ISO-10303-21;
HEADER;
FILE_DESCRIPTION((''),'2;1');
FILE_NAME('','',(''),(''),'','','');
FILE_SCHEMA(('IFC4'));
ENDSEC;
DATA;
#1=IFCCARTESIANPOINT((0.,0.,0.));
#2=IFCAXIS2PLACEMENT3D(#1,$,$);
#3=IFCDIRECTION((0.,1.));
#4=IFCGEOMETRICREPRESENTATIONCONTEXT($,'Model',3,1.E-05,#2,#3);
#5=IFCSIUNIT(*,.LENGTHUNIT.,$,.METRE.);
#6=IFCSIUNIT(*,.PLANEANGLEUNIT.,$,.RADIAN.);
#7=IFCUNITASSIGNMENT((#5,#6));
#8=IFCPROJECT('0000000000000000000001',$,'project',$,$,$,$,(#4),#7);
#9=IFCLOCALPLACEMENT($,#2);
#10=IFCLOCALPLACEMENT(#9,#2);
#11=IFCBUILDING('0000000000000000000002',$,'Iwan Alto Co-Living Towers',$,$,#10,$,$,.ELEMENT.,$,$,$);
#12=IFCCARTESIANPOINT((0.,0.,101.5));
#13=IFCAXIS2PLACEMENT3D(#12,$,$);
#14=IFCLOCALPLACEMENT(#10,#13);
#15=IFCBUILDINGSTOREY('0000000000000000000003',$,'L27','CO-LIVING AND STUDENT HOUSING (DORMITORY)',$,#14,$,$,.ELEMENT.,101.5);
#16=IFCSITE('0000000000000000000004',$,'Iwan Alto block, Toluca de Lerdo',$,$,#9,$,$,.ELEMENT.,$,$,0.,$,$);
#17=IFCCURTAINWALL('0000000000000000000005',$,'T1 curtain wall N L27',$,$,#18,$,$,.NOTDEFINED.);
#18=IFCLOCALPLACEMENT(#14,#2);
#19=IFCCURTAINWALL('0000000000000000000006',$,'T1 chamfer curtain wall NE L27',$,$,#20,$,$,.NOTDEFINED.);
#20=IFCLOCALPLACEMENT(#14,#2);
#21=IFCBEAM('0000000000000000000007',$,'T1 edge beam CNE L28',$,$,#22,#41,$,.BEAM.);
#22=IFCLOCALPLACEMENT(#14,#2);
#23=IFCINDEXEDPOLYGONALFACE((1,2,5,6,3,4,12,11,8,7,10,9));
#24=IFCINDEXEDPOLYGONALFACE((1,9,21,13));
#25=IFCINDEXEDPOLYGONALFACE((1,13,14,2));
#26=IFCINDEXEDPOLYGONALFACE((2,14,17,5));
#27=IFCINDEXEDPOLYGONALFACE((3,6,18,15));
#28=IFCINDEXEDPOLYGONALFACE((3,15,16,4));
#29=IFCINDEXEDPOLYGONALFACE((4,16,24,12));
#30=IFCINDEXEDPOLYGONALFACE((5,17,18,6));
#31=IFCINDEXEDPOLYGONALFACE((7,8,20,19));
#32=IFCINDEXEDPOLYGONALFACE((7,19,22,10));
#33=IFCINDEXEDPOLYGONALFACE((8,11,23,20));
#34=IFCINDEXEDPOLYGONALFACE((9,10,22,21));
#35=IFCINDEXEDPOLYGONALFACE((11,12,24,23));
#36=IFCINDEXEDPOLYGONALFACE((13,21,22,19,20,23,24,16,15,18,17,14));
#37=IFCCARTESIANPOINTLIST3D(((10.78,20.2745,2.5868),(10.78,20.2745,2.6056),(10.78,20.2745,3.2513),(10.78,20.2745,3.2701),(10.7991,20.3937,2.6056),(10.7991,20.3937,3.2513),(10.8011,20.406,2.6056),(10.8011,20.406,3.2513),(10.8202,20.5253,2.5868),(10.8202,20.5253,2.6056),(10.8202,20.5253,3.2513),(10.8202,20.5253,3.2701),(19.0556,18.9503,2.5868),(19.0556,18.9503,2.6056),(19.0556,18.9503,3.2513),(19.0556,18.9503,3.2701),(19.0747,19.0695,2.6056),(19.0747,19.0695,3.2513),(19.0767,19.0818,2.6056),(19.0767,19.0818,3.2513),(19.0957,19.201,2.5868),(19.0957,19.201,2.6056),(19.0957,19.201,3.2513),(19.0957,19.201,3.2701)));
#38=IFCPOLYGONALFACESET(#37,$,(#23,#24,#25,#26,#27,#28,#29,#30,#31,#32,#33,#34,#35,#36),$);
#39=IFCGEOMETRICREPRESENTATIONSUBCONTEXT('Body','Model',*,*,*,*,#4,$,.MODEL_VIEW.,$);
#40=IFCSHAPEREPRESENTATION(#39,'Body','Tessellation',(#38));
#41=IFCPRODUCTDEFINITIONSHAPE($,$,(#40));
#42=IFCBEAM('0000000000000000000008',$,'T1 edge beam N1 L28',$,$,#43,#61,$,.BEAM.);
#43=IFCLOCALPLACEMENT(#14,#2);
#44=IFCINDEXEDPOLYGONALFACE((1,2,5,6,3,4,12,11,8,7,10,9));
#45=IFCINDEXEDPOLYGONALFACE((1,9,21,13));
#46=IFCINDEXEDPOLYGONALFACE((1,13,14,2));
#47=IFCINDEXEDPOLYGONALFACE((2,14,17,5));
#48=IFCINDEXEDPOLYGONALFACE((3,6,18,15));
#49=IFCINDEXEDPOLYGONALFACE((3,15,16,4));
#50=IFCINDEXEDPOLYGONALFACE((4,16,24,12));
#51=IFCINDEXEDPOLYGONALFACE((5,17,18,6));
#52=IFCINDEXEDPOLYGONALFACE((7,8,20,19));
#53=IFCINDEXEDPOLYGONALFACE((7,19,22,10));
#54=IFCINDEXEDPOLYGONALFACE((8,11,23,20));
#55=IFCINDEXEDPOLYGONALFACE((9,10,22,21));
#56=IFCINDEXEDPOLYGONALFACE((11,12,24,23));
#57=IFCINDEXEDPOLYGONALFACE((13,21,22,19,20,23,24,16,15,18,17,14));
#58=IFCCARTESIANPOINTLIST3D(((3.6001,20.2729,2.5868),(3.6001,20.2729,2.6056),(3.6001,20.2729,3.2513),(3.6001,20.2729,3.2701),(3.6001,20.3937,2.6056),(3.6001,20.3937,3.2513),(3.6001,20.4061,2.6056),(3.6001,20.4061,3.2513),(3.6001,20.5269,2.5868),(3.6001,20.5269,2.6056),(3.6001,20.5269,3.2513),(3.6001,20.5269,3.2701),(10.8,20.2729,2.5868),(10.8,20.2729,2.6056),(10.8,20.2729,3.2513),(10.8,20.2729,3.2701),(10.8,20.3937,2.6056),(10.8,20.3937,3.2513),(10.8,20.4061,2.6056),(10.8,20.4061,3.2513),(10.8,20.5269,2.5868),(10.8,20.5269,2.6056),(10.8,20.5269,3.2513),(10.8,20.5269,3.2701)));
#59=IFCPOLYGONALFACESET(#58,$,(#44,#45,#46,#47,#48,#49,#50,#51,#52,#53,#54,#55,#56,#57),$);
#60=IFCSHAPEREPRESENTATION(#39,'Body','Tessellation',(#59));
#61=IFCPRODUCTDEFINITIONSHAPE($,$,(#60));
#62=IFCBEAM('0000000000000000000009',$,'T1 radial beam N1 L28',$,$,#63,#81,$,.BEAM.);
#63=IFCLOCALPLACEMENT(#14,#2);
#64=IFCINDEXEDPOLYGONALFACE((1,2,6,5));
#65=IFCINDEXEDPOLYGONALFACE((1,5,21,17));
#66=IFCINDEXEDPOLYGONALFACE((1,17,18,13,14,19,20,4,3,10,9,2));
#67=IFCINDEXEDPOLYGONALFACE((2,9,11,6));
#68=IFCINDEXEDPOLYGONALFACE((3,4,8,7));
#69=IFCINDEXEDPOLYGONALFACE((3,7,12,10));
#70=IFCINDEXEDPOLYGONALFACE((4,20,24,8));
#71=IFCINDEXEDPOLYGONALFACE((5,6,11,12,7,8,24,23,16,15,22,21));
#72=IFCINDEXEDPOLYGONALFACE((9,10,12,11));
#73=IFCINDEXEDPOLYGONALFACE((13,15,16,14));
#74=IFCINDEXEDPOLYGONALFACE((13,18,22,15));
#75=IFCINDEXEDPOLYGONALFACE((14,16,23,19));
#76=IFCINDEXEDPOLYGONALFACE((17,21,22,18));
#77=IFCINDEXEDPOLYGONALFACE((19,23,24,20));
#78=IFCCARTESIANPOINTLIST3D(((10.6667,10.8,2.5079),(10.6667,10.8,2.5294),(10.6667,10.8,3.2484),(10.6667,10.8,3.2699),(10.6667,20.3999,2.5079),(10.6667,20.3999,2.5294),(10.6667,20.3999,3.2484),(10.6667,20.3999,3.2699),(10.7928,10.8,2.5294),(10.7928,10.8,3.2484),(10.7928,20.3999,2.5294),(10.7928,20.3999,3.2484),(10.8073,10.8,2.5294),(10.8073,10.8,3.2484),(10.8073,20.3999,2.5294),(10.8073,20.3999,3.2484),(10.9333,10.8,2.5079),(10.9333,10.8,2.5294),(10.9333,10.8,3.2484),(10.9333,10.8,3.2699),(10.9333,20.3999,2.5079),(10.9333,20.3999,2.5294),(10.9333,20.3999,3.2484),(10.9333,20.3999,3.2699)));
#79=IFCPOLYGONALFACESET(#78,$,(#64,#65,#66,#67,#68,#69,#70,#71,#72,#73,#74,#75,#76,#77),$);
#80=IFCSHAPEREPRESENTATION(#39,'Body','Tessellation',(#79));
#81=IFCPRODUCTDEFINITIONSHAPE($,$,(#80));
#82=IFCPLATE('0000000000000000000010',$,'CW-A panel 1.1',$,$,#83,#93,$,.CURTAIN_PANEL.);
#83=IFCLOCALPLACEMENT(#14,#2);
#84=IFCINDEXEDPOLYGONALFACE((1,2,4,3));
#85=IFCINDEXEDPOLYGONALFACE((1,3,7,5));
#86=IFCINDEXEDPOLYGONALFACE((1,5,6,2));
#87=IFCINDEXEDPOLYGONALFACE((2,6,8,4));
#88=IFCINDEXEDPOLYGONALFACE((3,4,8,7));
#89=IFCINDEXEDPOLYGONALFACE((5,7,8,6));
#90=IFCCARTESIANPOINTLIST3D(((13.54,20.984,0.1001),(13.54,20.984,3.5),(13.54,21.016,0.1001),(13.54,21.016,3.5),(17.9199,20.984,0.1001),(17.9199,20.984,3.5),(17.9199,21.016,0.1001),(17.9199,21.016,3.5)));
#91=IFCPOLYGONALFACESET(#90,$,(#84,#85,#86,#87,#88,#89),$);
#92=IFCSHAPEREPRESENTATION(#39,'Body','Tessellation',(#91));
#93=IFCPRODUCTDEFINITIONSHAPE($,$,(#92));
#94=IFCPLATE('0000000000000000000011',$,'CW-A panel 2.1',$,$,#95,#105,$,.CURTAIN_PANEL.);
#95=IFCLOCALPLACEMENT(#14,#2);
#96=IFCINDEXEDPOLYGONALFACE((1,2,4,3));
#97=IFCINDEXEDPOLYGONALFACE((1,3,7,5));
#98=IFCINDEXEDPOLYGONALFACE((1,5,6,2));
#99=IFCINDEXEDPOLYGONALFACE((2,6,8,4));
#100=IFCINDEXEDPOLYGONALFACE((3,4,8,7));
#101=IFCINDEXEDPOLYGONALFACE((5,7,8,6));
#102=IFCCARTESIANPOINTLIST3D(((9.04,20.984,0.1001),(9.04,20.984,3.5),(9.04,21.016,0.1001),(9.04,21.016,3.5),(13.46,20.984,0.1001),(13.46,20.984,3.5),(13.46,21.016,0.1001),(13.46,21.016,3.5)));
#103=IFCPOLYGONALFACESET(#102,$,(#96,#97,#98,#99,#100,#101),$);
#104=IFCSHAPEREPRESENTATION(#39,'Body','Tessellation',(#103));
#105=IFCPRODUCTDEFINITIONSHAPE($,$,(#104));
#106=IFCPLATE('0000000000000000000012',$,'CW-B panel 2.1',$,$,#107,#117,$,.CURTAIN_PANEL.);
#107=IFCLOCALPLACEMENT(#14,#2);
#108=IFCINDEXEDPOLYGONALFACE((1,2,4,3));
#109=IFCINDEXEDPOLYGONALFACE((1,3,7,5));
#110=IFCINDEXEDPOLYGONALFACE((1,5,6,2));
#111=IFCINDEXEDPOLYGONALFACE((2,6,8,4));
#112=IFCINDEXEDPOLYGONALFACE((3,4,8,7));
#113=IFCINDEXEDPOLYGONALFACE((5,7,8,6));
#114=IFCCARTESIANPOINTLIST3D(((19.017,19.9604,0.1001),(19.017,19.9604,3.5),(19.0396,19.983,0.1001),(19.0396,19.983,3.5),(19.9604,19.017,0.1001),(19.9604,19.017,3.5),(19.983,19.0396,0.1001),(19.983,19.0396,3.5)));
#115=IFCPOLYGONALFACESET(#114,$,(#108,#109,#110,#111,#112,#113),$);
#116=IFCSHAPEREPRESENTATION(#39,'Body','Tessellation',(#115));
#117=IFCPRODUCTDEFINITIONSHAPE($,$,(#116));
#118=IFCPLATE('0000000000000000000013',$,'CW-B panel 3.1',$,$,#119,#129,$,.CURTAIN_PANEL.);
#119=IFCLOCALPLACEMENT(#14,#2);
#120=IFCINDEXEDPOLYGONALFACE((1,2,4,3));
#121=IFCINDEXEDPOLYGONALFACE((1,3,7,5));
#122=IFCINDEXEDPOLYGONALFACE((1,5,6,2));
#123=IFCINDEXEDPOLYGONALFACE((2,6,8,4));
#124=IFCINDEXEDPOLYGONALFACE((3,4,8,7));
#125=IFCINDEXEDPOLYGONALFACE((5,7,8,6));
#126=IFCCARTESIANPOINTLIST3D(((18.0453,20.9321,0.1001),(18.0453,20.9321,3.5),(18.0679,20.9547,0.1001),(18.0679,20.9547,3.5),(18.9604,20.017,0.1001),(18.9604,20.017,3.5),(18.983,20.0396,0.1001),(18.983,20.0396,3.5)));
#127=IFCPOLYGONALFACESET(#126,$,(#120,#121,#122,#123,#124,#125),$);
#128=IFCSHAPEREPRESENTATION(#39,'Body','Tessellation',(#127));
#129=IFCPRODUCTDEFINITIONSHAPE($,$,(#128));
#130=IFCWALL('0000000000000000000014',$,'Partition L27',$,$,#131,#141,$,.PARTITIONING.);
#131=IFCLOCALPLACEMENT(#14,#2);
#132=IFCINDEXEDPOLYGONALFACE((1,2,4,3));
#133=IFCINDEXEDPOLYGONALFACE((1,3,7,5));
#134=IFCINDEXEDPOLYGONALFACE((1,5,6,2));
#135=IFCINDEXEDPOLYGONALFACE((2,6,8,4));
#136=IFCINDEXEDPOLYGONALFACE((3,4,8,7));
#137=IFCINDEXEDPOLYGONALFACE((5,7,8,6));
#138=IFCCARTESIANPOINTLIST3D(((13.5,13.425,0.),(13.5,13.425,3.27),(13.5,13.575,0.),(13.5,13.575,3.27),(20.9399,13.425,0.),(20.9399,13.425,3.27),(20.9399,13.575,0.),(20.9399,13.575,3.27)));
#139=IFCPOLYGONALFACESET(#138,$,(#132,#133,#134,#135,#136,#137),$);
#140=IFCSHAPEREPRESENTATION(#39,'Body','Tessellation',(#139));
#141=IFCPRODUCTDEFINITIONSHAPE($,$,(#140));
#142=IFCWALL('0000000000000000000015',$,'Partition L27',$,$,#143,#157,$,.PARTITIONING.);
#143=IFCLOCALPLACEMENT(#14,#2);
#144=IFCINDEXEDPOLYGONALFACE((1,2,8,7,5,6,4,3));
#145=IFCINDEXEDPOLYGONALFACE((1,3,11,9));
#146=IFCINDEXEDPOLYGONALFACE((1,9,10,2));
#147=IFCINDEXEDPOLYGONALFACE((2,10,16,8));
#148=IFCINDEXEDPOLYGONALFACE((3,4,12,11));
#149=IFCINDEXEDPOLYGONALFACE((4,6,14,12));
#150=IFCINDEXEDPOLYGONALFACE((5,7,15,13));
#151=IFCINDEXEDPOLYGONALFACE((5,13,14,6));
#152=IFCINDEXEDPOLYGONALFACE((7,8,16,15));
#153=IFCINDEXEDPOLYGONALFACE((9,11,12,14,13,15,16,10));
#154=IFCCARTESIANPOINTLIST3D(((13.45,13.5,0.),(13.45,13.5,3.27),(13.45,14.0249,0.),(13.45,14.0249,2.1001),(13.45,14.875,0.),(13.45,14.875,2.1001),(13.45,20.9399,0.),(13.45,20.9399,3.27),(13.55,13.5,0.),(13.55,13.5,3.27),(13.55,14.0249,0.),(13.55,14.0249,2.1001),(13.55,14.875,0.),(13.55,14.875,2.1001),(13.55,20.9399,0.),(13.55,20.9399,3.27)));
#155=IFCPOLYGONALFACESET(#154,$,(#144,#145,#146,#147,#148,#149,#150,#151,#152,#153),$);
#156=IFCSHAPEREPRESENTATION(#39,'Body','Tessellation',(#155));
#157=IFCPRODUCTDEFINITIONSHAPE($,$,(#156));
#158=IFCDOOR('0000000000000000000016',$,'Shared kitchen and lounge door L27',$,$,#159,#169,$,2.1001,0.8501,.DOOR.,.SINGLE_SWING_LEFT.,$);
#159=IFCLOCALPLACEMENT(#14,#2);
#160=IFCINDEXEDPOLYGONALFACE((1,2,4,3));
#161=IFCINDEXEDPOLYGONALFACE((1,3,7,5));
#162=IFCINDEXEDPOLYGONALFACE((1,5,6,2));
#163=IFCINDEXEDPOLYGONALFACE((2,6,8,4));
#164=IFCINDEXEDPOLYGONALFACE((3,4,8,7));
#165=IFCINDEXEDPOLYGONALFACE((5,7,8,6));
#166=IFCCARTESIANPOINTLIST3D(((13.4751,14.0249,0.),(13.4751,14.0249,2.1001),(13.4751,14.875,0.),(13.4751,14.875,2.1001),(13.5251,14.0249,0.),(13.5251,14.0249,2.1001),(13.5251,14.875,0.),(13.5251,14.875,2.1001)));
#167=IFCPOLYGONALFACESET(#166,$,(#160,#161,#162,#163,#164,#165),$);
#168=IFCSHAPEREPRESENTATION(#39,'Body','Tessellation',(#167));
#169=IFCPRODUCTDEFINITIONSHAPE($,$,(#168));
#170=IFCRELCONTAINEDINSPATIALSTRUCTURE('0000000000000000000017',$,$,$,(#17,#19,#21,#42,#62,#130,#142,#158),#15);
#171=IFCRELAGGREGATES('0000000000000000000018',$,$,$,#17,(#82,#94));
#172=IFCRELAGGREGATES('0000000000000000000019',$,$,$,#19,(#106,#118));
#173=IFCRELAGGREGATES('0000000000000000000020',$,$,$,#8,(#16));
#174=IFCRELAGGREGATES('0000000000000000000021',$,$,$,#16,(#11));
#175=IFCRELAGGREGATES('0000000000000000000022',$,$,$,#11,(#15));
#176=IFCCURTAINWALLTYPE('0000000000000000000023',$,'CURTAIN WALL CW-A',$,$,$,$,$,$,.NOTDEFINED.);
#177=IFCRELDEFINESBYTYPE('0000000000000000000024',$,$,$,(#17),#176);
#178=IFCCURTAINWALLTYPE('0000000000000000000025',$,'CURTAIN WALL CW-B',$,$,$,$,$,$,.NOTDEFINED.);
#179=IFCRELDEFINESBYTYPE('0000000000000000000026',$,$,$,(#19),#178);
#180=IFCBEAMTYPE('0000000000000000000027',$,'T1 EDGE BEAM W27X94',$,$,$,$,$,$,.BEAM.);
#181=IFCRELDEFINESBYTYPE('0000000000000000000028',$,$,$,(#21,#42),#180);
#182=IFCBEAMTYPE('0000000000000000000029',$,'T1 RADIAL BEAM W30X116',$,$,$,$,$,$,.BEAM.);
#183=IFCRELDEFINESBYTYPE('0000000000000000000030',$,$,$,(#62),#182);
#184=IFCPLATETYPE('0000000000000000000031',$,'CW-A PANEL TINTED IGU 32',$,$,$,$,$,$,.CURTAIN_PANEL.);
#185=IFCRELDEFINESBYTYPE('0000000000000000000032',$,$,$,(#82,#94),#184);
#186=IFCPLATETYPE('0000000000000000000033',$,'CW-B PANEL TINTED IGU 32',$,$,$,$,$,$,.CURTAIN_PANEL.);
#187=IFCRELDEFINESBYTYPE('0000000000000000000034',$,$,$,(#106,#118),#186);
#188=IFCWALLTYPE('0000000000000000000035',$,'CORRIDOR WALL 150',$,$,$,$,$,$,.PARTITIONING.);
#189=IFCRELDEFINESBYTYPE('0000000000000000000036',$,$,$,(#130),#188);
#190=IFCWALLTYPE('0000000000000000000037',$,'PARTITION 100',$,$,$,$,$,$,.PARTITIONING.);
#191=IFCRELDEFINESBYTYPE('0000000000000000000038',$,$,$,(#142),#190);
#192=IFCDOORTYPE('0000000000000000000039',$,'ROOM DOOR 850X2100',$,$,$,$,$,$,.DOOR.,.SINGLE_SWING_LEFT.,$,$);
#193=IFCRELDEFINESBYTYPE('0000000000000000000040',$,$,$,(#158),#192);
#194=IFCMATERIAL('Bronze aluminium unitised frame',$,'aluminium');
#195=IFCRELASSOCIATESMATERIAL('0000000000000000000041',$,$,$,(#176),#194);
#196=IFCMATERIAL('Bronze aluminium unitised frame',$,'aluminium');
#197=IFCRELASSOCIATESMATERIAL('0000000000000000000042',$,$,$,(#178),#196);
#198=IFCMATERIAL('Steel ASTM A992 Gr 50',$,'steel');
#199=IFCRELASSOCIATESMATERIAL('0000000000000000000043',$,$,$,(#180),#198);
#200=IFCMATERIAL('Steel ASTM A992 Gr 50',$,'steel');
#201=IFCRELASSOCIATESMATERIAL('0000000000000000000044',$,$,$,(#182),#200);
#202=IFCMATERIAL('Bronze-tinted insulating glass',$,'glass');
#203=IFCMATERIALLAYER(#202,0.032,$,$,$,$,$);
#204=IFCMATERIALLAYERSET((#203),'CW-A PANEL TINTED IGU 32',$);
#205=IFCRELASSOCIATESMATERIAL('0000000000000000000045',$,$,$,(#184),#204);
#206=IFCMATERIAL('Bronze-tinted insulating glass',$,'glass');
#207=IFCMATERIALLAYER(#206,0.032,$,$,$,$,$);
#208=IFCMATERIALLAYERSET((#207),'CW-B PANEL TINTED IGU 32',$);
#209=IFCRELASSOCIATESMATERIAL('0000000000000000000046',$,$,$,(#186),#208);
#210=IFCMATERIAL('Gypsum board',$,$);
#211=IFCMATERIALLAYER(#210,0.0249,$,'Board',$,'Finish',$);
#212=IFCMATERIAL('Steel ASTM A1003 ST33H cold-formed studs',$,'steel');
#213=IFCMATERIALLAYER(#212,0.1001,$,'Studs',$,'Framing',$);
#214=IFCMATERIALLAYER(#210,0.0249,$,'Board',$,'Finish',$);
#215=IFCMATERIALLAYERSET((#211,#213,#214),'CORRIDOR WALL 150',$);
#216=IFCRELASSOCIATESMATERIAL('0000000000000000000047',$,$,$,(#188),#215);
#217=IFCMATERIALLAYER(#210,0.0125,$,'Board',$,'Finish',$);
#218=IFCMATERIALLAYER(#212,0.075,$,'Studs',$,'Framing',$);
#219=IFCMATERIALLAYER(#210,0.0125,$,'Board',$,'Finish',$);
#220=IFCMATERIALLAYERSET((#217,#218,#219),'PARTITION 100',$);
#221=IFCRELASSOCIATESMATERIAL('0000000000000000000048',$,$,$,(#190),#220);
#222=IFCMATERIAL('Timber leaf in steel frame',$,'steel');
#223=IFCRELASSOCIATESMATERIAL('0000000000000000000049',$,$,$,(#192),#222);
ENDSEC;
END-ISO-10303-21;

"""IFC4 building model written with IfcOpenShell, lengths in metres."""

from ifc_helpers import new_model, si_unit, direction, frame, frame_2d, origin, origin_2d, place, context, subcontext, project, spatial, rectangle, i_section, extrude, material, layer, layer_set, material_profile, profile_set, type_object, element, fill, aggregate, save


model = new_model("IFC4")

# Units and contexts
model_context = context("Model", 3, precision=1e-05, world=origin(), true_north=direction((0.0, 1.0)))
body_context = subcontext(model_context, "Body", "Model", "MODEL_VIEW")
ifc_project = project(units=[si_unit("LENGTHUNIT", "METRE"), si_unit("PLANEANGLEUNIT", "RADIAN")], contexts=[model_context])

# Site, building, storey
site_placement = place(None, origin())
site = spatial("IfcSite", under=ifc_project, at=site_placement, Name="Iwan Alto block, Toluca de Lerdo", CompositionType="ELEMENT", RefElevation=0.0)
building_placement = place(site_placement, origin())
building = spatial("IfcBuilding", under=site, at=building_placement, Name="Iwan Alto Co-Living Towers", CompositionType="ELEMENT")
storey_placement = place(building_placement, frame((0.0, 0.0, 101.5)))
storey = spatial("IfcBuildingStorey", under=building, at=storey_placement, Name="L27", Description="CO-LIVING AND STUDENT HOUSING (DORMITORY)", CompositionType="ELEMENT", Elevation=101.5)

# Curtain walls
ifc_material_1 = material(Name="Bronze aluminium unitised frame", Category="aluminium")
curtain_wall_type_1 = type_object("IfcCurtainWallType", Name="CURTAIN WALL CW-A", PredefinedType="NOTDEFINED", material=ifc_material_1)
curtain_wall_1_placement = place(storey_placement, origin())
curtain_wall_1 = element("IfcCurtainWall", 1, at=curtain_wall_1_placement, inside=storey, type_object=curtain_wall_type_1, Name="T1 curtain wall N L27", PredefinedType="NOTDEFINED")
ifc_material_2 = material(Name="Bronze aluminium unitised frame", Category="aluminium")
curtain_wall_type_2 = type_object("IfcCurtainWallType", Name="CURTAIN WALL CW-B", PredefinedType="NOTDEFINED", material=ifc_material_2)
curtain_wall_2_placement = place(storey_placement, origin())
curtain_wall_2 = element("IfcCurtainWall", 2, at=curtain_wall_2_placement, inside=storey, type_object=curtain_wall_type_2, Name="T1 chamfer curtain wall NE L27", PredefinedType="NOTDEFINED")

# Beams
ifc_material_3 = material(Name="Steel ASTM A992 Gr 50", Category="steel")
ifc_material_profile_1 = material_profile(ifc_material_3, i_section(OverallWidth=0.2539, OverallDepth=0.6833, WebThickness=0.0125, FlangeThickness=0.0188, at=origin_2d()), Name="W27X94")
ifc_profile_set_1 = profile_set([ifc_material_profile_1], Name="Steel ASTM A992 Gr 50")
beam_type_1 = type_object("IfcBeamType", Name="T1 EDGE BEAM W27X94", PredefinedType="BEAM", material=ifc_profile_set_1)
beam_1_placement = place(storey_placement, frame((19.0757, 19.0757, 2.9285), z_axis=(-0.987438, 0.158004, 0.0), x_axis=(-0.158004, -0.987438, 0.0)))
element("IfcBeam", 3, at=beam_1_placement, inside=storey, type_object=beam_type_1, Name="T1 edge beam CNE L28", PredefinedType="BEAM", context=body_context, shape_type="SweptSolid", body=[
    extrude(i_section(OverallWidth=0.2539, OverallDepth=0.6833, WebThickness=0.0125, FlangeThickness=0.0188, at=origin_2d()), origin(), (0.0, 0.0, 1.0), 8.3809),
])
beam_2_placement = place(storey_placement, frame((10.8, 20.3999, 2.9285), z_axis=(-1.0, 0.0, 0.0), x_axis=(0.0, -1.0, 0.0)))
element("IfcBeam", 4, at=beam_2_placement, inside=storey, type_object=beam_type_1, Name="T1 edge beam N1 L28", PredefinedType="BEAM", context=body_context, shape_type="SweptSolid", body=[
    extrude(i_section(OverallWidth=0.2539, OverallDepth=0.6833, WebThickness=0.0125, FlangeThickness=0.0188, at=origin_2d()), origin(), (0.0, 0.0, 1.0), 7.2),
])
ifc_material_4 = material(Name="Steel ASTM A992 Gr 50", Category="steel")
ifc_material_profile_2 = material_profile(ifc_material_4, i_section(OverallWidth=0.2666, OverallDepth=0.762, WebThickness=0.0144, FlangeThickness=0.0215, at=origin_2d()), Name="W30X116")
ifc_profile_set_2 = profile_set([ifc_material_profile_2], Name="Steel ASTM A992 Gr 50")
beam_type_2 = type_object("IfcBeamType", Name="T1 RADIAL BEAM W30X116", PredefinedType="BEAM", material=ifc_profile_set_2)
beam_3_placement = place(storey_placement, frame((10.8, 20.3999, 2.8889), z_axis=(0.0, -1.0, 0.0), x_axis=(1.0, 0.0, 0.0)))
element("IfcBeam", 5, at=beam_3_placement, inside=storey, type_object=beam_type_2, Name="T1 radial beam N1 L28", PredefinedType="BEAM", context=body_context, shape_type="SweptSolid", body=[
    extrude(i_section(OverallWidth=0.2666, OverallDepth=0.762, WebThickness=0.0144, FlangeThickness=0.0215, at=origin_2d()), origin(), (0.0, 0.0, 1.0), 9.5999),
])

# Plates
ifc_material_5 = material(Name="Bronze-tinted insulating glass", Category="glass")
ifc_layer_1 = layer(ifc_material_5, 0.032)
ifc_layer_set_1 = layer_set([ifc_layer_1], Name="CW-A PANEL TINTED IGU 32")
plate_type_1 = type_object("IfcPlateType", Name="CW-A PANEL TINTED IGU 32", PredefinedType="CURTAIN_PANEL", material=ifc_layer_set_1)
plate_1_placement = place(storey_placement, frame((15.73, 21.0, 0.1001), z_axis=(0.0, 0.0, 1.0), x_axis=(-1.0, 0.0, 0.0)))
plate_1 = element("IfcPlate", 6, at=plate_1_placement, type_object=plate_type_1, Name="CW-A panel 1.1", PredefinedType="CURTAIN_PANEL", context=body_context, shape_type="SweptSolid", body=[
    extrude(rectangle(XDim=4.3799, YDim=0.032, at=origin_2d()), origin(), (0.0, 0.0, 1.0), 3.3999),
])
plate_2_placement = place(storey_placement, frame((11.25, 21.0, 0.1001), z_axis=(0.0, 0.0, 1.0), x_axis=(-1.0, 0.0, 0.0)))
plate_2 = element("IfcPlate", 7, at=plate_2_placement, type_object=plate_type_1, Name="CW-A panel 2.1", PredefinedType="CURTAIN_PANEL", context=body_context, shape_type="SweptSolid", body=[
    extrude(rectangle(XDim=4.4199, YDim=0.032, at=origin_2d()), origin(), (0.0, 0.0, 1.0), 3.3999),
])
aggregate(curtain_wall_1, [plate_1, plate_2])
ifc_material_6 = material(Name="Bronze-tinted insulating glass", Category="glass")
ifc_layer_2 = layer(ifc_material_6, 0.032)
ifc_layer_set_2 = layer_set([ifc_layer_2], Name="CW-B PANEL TINTED IGU 32")
plate_type_2 = type_object("IfcPlateType", Name="CW-B PANEL TINTED IGU 32", PredefinedType="CURTAIN_PANEL", material=ifc_layer_set_2)
plate_3_placement = place(storey_placement, frame((19.5, 19.5, 0.1001), z_axis=(0.0, 0.0, 1.0), x_axis=(-0.707107, 0.707107, 0.0)))
plate_3 = element("IfcPlate", 8, at=plate_3_placement, type_object=plate_type_2, Name="CW-B panel 2.1", PredefinedType="CURTAIN_PANEL", context=body_context, shape_type="SweptSolid", body=[
    extrude(rectangle(XDim=1.3342, YDim=0.032, at=origin_2d()), origin(), (0.0, 0.0, 1.0), 3.3999),
])
plate_4_placement = place(storey_placement, frame((18.5142, 20.4858, 0.1001), z_axis=(0.0, 0.0, 1.0), x_axis=(-0.707107, 0.707107, 0.0)))
plate_4 = element("IfcPlate", 9, at=plate_4_placement, type_object=plate_type_2, Name="CW-B panel 3.1", PredefinedType="CURTAIN_PANEL", context=body_context, shape_type="SweptSolid", body=[
    extrude(rectangle(XDim=1.2942, YDim=0.032, at=origin_2d()), origin(), (0.0, 0.0, 1.0), 3.3999),
])
aggregate(curtain_wall_2, [plate_3, plate_4])

# Wall
ifc_material_7 = material(Name="Gypsum board")
ifc_layer_3 = layer(ifc_material_7, 0.0249, Name="Board", Category="Finish")
ifc_material_8 = material(Name="Steel ASTM A1003 ST33H cold-formed studs", Category="steel")
ifc_layer_4 = layer(ifc_material_8, 0.1001, Name="Studs", Category="Framing")
ifc_layer_5 = layer(ifc_material_7, 0.0249, Name="Board", Category="Finish")
ifc_layer_set_3 = layer_set([ifc_layer_3, ifc_layer_4, ifc_layer_5], Name="CORRIDOR WALL 150")
wall_type_1 = type_object("IfcWallType", Name="CORRIDOR WALL 150", PredefinedType="PARTITIONING", material=ifc_layer_set_3)
wall_1_placement = place(storey_placement, frame((13.5, 13.5, 0.0), z_axis=(0.0, 0.0, 1.0), x_axis=(1.0, 0.0, 0.0)))
element("IfcWall", 10, at=wall_1_placement, inside=storey, type_object=wall_type_1, Name="Partition L27", PredefinedType="PARTITIONING", context=body_context, shape_type="SweptSolid", body=[
    extrude(rectangle(XDim=7.4399, YDim=0.1499, at=frame_2d((3.72, 0.0))), origin(), (0.0, 0.0, 1.0), 3.27),
])

# Wall, opening, door
ifc_layer_6 = layer(ifc_material_7, 0.0125, Name="Board", Category="Finish")
ifc_layer_7 = layer(ifc_material_8, 0.075, Name="Studs", Category="Framing")
ifc_layer_8 = layer(ifc_material_7, 0.0125, Name="Board", Category="Finish")
ifc_layer_set_4 = layer_set([ifc_layer_6, ifc_layer_7, ifc_layer_8], Name="PARTITION 100")
wall_type_2 = type_object("IfcWallType", Name="PARTITION 100", PredefinedType="PARTITIONING", material=ifc_layer_set_4)
wall_2_placement = place(storey_placement, frame((13.5, 13.5, 0.0), z_axis=(0.0, 0.0, 1.0), x_axis=(0.0, 1.0, 0.0)))
wall_2 = element("IfcWall", 11, at=wall_2_placement, inside=storey, type_object=wall_type_2, Name="Partition L27", PredefinedType="PARTITIONING", context=body_context, shape_type="SweptSolid", body=[
    extrude(rectangle(XDim=7.4399, YDim=0.1001, at=frame_2d((3.72, 0.0))), origin(), (0.0, 0.0, 1.0), 3.27),
])
opening_placement = place(wall_2_placement, frame((0.5249, 0.0, 0.0)))
opening = element("IfcOpeningElement", 12, at=opening_placement, cuts=wall_2, PredefinedType="OPENING", context=body_context, shape_type="SweptSolid", body=[
    extrude(rectangle(XDim=0.8501, YDim=2.1001, at=frame_2d((0.425, 1.05))), frame((0.0, 0.0601, 0.0), z_axis=(0.0, -1.0, 0.0), x_axis=(1.0, 0.0, 0.0)), (0.0, 0.0, 1.0), 0.1201),
])
ifc_material_9 = material(Name="Timber leaf in steel frame", Category="steel")
door_type = type_object("IfcDoorType", Name="ROOM DOOR 850X2100", OperationType="SINGLE_SWING_LEFT", PredefinedType="DOOR", material=ifc_material_9)
door_placement = place(opening_placement, origin())
door = element("IfcDoor", 13, at=door_placement, inside=storey, type_object=door_type, Name="Shared kitchen and lounge door L27", OperationType="SINGLE_SWING_LEFT", OverallHeight=2.1001, OverallWidth=0.8501, PredefinedType="DOOR", context=body_context, shape_type="SweptSolid", body=[
    extrude(rectangle(XDim=0.8501, YDim=2.1001, at=frame_2d((0.425, 1.05))), frame((0.0, 0.0249, 0.0), z_axis=(0.0, -1.0, 0.0), x_axis=(1.0, 0.0, 0.0)), (0.0, 0.0, 1.0), 0.05),
])
fill(opening, door)

save(model, "model.ifc")
